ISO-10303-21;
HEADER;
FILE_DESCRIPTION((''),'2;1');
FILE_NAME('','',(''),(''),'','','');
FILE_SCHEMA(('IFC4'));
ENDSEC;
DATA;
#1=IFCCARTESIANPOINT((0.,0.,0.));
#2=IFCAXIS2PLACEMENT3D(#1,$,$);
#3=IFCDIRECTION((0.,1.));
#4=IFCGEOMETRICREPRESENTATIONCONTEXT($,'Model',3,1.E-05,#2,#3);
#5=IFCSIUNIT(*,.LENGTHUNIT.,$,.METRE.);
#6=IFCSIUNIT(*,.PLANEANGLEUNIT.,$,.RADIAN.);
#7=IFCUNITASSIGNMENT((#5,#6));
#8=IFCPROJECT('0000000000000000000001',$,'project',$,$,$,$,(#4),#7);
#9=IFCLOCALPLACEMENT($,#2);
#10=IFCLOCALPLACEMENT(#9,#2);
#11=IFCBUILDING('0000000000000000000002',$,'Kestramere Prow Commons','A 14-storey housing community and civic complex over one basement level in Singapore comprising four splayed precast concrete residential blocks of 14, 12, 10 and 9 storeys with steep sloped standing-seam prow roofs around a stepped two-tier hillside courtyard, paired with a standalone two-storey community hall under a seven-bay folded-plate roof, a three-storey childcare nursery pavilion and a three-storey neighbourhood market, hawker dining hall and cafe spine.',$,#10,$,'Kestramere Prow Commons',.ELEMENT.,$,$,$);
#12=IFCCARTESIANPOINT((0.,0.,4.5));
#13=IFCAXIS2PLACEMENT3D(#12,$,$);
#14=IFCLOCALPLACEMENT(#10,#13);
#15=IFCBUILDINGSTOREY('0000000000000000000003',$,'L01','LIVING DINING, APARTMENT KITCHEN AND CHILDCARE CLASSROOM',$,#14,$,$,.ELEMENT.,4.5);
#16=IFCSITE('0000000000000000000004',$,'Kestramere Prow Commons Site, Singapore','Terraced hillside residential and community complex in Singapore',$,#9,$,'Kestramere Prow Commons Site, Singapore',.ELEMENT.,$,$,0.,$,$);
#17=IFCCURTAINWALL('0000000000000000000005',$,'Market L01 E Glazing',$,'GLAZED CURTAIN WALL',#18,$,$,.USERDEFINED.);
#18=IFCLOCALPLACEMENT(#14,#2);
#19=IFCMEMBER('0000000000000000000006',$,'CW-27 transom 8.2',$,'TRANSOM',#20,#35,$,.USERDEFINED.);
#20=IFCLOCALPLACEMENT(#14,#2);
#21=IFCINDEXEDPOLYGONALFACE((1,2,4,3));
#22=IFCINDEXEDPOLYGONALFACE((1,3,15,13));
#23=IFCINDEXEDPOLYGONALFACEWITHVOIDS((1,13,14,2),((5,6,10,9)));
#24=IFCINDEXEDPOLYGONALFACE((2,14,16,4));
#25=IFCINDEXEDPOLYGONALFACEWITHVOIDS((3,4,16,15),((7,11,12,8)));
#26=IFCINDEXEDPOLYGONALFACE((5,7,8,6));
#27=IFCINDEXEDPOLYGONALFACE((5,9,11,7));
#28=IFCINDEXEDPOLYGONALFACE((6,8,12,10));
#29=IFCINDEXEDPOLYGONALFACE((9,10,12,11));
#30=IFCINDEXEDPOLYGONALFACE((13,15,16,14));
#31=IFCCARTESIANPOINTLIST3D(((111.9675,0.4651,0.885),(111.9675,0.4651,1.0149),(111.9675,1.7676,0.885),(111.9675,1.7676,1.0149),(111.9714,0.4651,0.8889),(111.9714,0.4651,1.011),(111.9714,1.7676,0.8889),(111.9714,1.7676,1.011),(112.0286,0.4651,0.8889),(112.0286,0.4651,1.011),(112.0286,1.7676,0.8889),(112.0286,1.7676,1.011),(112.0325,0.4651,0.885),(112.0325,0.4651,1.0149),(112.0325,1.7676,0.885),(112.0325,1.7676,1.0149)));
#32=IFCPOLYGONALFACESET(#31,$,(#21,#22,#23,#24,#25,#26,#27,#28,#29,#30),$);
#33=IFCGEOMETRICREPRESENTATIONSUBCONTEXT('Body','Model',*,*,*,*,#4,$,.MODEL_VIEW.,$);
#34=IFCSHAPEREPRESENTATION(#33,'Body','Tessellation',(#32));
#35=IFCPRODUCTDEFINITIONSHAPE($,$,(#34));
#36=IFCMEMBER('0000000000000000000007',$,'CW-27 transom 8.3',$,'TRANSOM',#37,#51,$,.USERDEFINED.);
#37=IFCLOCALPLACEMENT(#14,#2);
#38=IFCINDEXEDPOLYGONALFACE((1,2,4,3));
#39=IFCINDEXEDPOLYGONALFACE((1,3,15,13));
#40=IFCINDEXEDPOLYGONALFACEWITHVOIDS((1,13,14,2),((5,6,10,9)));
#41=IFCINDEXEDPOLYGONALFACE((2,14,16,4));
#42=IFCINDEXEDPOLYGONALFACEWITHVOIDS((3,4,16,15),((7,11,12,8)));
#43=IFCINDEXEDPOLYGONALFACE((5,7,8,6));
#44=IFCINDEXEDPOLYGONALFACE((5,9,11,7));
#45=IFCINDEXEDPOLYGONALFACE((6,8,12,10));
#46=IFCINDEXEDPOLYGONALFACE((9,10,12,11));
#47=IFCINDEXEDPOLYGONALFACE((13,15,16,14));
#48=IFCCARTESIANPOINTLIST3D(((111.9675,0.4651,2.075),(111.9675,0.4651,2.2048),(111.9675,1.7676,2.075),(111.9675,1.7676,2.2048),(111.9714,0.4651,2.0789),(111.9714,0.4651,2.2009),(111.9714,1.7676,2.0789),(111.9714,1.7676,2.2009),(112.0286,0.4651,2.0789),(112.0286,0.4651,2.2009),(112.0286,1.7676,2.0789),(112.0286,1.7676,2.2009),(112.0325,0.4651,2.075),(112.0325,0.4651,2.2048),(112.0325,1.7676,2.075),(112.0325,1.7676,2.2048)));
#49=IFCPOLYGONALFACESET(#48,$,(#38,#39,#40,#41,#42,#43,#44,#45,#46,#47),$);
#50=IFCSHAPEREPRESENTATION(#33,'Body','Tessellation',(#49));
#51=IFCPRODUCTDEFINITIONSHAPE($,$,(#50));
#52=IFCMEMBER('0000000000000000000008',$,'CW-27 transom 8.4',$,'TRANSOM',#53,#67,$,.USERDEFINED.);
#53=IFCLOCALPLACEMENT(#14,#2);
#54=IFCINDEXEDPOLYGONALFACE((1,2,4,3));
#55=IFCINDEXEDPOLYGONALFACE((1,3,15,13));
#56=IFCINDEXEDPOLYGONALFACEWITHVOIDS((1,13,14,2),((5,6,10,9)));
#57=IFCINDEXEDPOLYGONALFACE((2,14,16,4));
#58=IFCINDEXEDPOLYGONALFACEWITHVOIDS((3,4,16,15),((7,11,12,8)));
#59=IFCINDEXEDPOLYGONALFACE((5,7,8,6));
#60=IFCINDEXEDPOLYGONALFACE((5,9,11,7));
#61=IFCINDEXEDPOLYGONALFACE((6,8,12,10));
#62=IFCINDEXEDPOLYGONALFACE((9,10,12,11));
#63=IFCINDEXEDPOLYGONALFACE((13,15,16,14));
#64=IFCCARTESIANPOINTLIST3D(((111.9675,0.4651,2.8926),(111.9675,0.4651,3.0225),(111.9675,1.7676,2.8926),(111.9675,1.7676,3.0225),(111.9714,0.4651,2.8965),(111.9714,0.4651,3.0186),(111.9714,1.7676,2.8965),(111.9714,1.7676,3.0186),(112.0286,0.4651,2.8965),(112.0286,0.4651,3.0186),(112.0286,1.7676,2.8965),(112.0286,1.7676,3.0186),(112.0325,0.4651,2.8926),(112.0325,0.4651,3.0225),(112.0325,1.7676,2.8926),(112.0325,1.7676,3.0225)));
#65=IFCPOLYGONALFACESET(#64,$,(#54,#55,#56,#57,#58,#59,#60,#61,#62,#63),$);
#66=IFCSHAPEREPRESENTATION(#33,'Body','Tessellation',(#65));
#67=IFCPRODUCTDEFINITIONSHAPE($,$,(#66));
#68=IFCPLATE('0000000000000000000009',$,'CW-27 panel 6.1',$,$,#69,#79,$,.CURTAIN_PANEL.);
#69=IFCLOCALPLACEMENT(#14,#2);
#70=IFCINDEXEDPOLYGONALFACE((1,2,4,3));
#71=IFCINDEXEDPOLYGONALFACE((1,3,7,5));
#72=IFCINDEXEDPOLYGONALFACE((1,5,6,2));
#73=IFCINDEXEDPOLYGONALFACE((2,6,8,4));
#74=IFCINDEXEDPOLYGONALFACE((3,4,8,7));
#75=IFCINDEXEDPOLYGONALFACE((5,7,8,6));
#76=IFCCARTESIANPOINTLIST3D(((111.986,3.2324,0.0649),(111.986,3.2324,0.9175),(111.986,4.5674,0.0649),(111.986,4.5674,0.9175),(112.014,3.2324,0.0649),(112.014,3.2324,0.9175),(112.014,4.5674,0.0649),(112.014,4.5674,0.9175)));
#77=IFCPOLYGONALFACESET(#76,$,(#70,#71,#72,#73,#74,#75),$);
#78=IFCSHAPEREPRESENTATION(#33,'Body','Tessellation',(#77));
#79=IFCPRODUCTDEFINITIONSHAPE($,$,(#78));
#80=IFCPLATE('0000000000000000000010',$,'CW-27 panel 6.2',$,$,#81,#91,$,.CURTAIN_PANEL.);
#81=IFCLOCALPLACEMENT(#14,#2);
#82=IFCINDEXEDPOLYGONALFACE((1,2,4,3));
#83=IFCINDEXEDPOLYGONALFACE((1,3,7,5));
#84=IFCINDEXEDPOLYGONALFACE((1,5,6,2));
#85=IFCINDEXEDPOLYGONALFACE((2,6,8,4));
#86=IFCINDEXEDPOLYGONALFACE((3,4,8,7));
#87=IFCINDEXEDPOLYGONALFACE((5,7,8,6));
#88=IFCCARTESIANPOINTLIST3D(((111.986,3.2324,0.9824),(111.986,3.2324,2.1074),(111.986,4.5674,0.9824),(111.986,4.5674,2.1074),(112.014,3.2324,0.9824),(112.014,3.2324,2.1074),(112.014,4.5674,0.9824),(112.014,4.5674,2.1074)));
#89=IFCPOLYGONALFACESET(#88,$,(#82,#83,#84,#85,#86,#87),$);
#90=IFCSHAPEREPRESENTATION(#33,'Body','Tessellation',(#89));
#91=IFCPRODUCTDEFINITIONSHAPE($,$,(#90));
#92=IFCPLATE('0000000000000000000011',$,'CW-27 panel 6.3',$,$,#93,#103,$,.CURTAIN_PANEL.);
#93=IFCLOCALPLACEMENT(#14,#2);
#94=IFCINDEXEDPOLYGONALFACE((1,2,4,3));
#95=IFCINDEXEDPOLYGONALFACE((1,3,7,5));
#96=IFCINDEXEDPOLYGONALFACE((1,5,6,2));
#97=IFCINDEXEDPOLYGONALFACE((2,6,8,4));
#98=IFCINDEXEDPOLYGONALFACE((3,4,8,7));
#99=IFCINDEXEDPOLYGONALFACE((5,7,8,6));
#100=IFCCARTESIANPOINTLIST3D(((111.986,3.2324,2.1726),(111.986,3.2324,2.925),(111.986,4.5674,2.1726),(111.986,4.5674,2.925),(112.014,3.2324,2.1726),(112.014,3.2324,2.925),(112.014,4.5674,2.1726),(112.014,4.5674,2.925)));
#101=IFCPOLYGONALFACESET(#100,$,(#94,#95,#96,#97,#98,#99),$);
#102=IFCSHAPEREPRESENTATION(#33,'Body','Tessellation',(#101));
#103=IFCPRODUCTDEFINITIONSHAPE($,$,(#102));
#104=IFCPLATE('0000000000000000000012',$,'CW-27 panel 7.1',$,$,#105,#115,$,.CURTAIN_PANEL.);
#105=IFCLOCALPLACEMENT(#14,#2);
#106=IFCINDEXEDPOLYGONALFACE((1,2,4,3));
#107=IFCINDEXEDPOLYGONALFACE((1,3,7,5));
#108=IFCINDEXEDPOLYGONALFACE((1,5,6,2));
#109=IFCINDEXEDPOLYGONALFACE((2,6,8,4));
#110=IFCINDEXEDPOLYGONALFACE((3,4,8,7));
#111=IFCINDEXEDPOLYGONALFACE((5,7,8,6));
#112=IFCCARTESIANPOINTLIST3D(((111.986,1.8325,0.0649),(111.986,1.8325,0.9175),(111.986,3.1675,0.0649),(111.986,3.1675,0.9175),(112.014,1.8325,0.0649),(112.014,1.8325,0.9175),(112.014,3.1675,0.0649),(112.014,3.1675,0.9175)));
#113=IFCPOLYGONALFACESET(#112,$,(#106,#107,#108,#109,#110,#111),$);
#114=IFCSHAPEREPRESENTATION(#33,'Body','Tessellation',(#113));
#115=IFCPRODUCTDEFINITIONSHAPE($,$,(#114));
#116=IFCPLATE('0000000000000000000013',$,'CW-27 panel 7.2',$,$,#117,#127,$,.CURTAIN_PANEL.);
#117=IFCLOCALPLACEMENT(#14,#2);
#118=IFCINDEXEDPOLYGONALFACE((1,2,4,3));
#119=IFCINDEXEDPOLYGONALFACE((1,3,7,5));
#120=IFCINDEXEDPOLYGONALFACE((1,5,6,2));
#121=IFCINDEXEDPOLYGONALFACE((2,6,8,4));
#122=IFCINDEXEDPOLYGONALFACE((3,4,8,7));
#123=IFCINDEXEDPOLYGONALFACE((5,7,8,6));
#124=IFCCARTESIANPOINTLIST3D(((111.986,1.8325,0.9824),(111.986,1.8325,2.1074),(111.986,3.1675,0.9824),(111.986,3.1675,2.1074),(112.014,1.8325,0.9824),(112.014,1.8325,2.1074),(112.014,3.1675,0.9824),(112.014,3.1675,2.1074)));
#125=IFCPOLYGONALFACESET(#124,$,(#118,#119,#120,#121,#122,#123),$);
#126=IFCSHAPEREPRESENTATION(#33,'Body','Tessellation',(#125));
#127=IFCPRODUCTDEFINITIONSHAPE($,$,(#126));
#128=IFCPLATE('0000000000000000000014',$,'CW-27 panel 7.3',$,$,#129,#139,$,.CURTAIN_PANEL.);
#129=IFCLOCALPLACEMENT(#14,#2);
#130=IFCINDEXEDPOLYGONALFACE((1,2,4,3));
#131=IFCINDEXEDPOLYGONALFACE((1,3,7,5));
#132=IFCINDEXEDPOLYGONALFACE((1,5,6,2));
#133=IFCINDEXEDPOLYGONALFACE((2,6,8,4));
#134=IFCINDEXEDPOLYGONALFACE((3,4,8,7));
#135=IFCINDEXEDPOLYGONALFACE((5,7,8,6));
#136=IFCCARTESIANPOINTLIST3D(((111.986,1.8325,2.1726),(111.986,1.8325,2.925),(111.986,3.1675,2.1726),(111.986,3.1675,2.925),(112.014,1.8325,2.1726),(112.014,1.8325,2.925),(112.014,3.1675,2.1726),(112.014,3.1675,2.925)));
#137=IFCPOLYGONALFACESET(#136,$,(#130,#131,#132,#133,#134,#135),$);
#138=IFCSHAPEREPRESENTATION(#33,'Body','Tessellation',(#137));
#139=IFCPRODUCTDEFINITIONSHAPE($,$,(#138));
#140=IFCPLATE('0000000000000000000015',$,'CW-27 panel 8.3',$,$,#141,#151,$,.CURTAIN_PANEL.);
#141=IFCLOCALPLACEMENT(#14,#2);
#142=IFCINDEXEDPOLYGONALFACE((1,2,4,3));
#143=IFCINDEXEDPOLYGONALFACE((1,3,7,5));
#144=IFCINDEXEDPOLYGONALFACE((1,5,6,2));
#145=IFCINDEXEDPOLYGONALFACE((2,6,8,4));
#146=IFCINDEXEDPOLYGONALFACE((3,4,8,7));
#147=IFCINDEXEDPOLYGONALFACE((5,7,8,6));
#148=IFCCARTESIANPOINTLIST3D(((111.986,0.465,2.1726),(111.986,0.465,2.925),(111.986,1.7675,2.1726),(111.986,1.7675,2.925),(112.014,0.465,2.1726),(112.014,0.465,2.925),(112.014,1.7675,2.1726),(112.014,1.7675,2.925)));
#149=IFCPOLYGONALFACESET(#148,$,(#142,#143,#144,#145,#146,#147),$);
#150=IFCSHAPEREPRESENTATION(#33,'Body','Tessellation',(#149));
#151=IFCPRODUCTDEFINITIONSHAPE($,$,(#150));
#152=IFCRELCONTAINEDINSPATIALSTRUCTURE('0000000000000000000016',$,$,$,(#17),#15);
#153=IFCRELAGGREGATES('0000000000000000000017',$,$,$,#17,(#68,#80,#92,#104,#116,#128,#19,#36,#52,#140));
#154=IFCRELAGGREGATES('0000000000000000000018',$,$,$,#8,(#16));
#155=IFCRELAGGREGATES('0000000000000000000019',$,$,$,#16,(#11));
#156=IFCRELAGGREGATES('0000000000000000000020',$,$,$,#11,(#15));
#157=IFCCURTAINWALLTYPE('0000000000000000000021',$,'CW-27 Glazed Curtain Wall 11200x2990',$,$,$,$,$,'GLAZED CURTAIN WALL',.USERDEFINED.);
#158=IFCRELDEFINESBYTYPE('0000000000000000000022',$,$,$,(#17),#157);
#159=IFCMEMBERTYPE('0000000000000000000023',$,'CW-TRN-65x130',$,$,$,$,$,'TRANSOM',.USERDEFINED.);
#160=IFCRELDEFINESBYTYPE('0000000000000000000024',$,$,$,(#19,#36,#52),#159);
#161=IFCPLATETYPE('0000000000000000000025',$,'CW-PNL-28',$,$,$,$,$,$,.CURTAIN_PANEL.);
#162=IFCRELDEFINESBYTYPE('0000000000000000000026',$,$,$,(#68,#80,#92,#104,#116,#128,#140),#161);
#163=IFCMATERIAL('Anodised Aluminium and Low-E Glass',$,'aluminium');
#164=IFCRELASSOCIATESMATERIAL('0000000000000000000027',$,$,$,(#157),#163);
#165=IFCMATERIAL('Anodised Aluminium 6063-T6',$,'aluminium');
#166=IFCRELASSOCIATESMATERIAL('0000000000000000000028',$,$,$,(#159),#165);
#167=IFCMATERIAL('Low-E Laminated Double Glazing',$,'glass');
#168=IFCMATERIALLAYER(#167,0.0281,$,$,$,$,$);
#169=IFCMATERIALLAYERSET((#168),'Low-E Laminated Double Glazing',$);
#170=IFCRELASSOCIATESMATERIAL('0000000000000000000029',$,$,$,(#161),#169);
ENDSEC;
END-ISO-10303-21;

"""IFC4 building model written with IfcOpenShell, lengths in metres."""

from ifc_helpers import new_model, si_unit, direction, frame, origin, origin_2d, place, context, subcontext, project, spatial, rectangle, hollow_rectangle, extrude, material, layer, layer_set, material_profile, profile_set, type_object, element, aggregate, save


model = new_model("IFC4")

# Units and contexts
model_context = context("Model", 3, precision=1e-05, world=origin(), true_north=direction((0.0, 1.0)))
body_context = subcontext(model_context, "Body", "Model", "MODEL_VIEW")
ifc_project = project(units=[si_unit("LENGTHUNIT", "METRE"), si_unit("PLANEANGLEUNIT", "RADIAN")], contexts=[model_context])

# Site, building, storey
site_placement = place(None, origin())
site = spatial("IfcSite", under=ifc_project, at=site_placement, Name="Kestramere Prow Commons Site, Singapore", Description="Terraced hillside residential and community complex in Singapore", LongName="Kestramere Prow Commons Site, Singapore", CompositionType="ELEMENT", RefElevation=0.0)
building_placement = place(site_placement, origin())
building = spatial("IfcBuilding", under=site, at=building_placement, Name="Kestramere Prow Commons", Description="A 14-storey housing community and civic complex over one basement level in Singapore comprising four splayed precast concrete residential blocks of 14, 12, 10 and 9 storeys with steep sloped standing-seam prow roofs around a stepped two-tier hillside courtyard, paired with a standalone two-storey community hall under a seven-bay folded-plate roof, a three-storey childcare nursery pavilion and a three-storey neighbourhood market, hawker dining hall and cafe spine.", LongName="Kestramere Prow Commons", CompositionType="ELEMENT")
storey_placement = place(building_placement, frame((0.0, 0.0, 4.5)))
storey = spatial("IfcBuildingStorey", under=building, at=storey_placement, Name="L01", Description="LIVING DINING, APARTMENT KITCHEN AND CHILDCARE CLASSROOM", CompositionType="ELEMENT", Elevation=4.5)

# Curtain wall, members, plates
ifc_material_1 = material(Name="Anodised Aluminium and Low-E Glass", Category="aluminium")
curtain_wall_type = type_object("IfcCurtainWallType", Name="CW-27 Glazed Curtain Wall 11200x2990", ElementType="GLAZED CURTAIN WALL", PredefinedType="USERDEFINED", material=ifc_material_1)
curtain_wall_placement = place(storey_placement, origin())
curtain_wall = element("IfcCurtainWall", 1, at=curtain_wall_placement, inside=storey, type_object=curtain_wall_type, Name="Market L01 E Glazing", ObjectType="GLAZED CURTAIN WALL", PredefinedType="USERDEFINED")
ifc_material_2 = material(Name="Anodised Aluminium 6063-T6", Category="aluminium")
ifc_material_profile_1 = material_profile(ifc_material_2, hollow_rectangle(XDim=0.0649, YDim=0.1299, WallThickness=0.0039, at=origin_2d()), Name="ALU-TRN 65x130")
ifc_profile_set_1 = profile_set([ifc_material_profile_1], Name="Anodised Aluminium 6063-T6")
member_type_1 = type_object("IfcMemberType", Name="CW-TRN-65x130", ElementType="TRANSOM", PredefinedType="USERDEFINED", material=ifc_profile_set_1)
member_1_placement = place(storey_placement, frame((112.0, 1.7676, 0.95), z_axis=(0.0, -1.0, 0.0), x_axis=(1.0, 0.0, 0.0)))
member_1 = element("IfcMember", 2, at=member_1_placement, type_object=member_type_1, Name="CW-27 transom 8.2", ObjectType="TRANSOM", PredefinedType="USERDEFINED", context=body_context, shape_type="SweptSolid", body=[
    extrude(hollow_rectangle(XDim=0.0649, YDim=0.1299, WallThickness=0.0039, at=origin_2d()), origin(), (0.0, 0.0, 1.0), 1.3025),
])
member_2_placement = place(storey_placement, frame((112.0, 1.7676, 2.1399), z_axis=(0.0, -1.0, 0.0), x_axis=(1.0, 0.0, 0.0)))
member_2 = element("IfcMember", 3, at=member_2_placement, type_object=member_type_1, Name="CW-27 transom 8.3", ObjectType="TRANSOM", PredefinedType="USERDEFINED", context=body_context, shape_type="SweptSolid", body=[
    extrude(hollow_rectangle(XDim=0.0649, YDim=0.1299, WallThickness=0.0039, at=origin_2d()), origin(), (0.0, 0.0, 1.0), 1.3025),
])
member_3_placement = place(storey_placement, frame((112.0, 1.7676, 2.9575), z_axis=(0.0, -1.0, 0.0), x_axis=(1.0, 0.0, 0.0)))
member_3 = element("IfcMember", 4, at=member_3_placement, type_object=member_type_1, Name="CW-27 transom 8.4", ObjectType="TRANSOM", PredefinedType="USERDEFINED", context=body_context, shape_type="SweptSolid", body=[
    extrude(hollow_rectangle(XDim=0.0649, YDim=0.1299, WallThickness=0.0039, at=origin_2d()), origin(), (0.0, 0.0, 1.0), 1.3025),
])
ifc_material_3 = material(Name="Low-E Laminated Double Glazing", Category="glass")
ifc_layer = layer(ifc_material_3, 0.0281)
ifc_layer_set = layer_set([ifc_layer], Name="Low-E Laminated Double Glazing")
plate_type = type_object("IfcPlateType", Name="CW-PNL-28", PredefinedType="CURTAIN_PANEL", material=ifc_layer_set)
plate_1_placement = place(storey_placement, frame((112.0, 3.8999, 0.0649), z_axis=(0.0, 0.0, 1.0), x_axis=(0.0, -1.0, 0.0)))
plate_1 = element("IfcPlate", 5, at=plate_1_placement, type_object=plate_type, Name="CW-27 panel 6.1", PredefinedType="CURTAIN_PANEL", context=body_context, shape_type="SweptSolid", body=[
    extrude(rectangle(XDim=1.335, YDim=0.0281, at=origin_2d()), origin(), (0.0, 0.0, 1.0), 0.8525),
])
plate_2_placement = place(storey_placement, frame((112.0, 3.8999, 0.9824), z_axis=(0.0, 0.0, 1.0), x_axis=(0.0, -1.0, 0.0)))
plate_2 = element("IfcPlate", 6, at=plate_2_placement, type_object=plate_type, Name="CW-27 panel 6.2", PredefinedType="CURTAIN_PANEL", context=body_context, shape_type="SweptSolid", body=[
    extrude(rectangle(XDim=1.335, YDim=0.0281, at=origin_2d()), origin(), (0.0, 0.0, 1.0), 1.125),
])
plate_3_placement = place(storey_placement, frame((112.0, 3.8999, 2.1726), z_axis=(0.0, 0.0, 1.0), x_axis=(0.0, -1.0, 0.0)))
plate_3 = element("IfcPlate", 7, at=plate_3_placement, type_object=plate_type, Name="CW-27 panel 6.3", PredefinedType="CURTAIN_PANEL", context=body_context, shape_type="SweptSolid", body=[
    extrude(rectangle(XDim=1.335, YDim=0.0281, at=origin_2d()), origin(), (0.0, 0.0, 1.0), 0.7524),
])
plate_4_placement = place(storey_placement, frame((112.0, 2.5, 0.0649), z_axis=(0.0, 0.0, 1.0), x_axis=(0.0, -1.0, 0.0)))
plate_4 = element("IfcPlate", 8, at=plate_4_placement, type_object=plate_type, Name="CW-27 panel 7.1", PredefinedType="CURTAIN_PANEL", context=body_context, shape_type="SweptSolid", body=[
    extrude(rectangle(XDim=1.335, YDim=0.0281, at=origin_2d()), origin(), (0.0, 0.0, 1.0), 0.8525),
])
plate_5_placement = place(storey_placement, frame((112.0, 2.5, 0.9824), z_axis=(0.0, 0.0, 1.0), x_axis=(0.0, -1.0, 0.0)))
plate_5 = element("IfcPlate", 9, at=plate_5_placement, type_object=plate_type, Name="CW-27 panel 7.2", PredefinedType="CURTAIN_PANEL", context=body_context, shape_type="SweptSolid", body=[
    extrude(rectangle(XDim=1.335, YDim=0.0281, at=origin_2d()), origin(), (0.0, 0.0, 1.0), 1.125),
])
plate_6_placement = place(storey_placement, frame((112.0, 2.5, 2.1726), z_axis=(0.0, 0.0, 1.0), x_axis=(0.0, -1.0, 0.0)))
plate_6 = element("IfcPlate", 10, at=plate_6_placement, type_object=plate_type, Name="CW-27 panel 7.3", PredefinedType="CURTAIN_PANEL", context=body_context, shape_type="SweptSolid", body=[
    extrude(rectangle(XDim=1.335, YDim=0.0281, at=origin_2d()), origin(), (0.0, 0.0, 1.0), 0.7524),
])
plate_7_placement = place(storey_placement, frame((112.0, 1.1162, 2.1726), z_axis=(0.0, 0.0, 1.0), x_axis=(0.0, -1.0, 0.0)))
plate_7 = element("IfcPlate", 11, at=plate_7_placement, type_object=plate_type, Name="CW-27 panel 8.3", PredefinedType="CURTAIN_PANEL", context=body_context, shape_type="SweptSolid", body=[
    extrude(rectangle(XDim=1.3025, YDim=0.0281, at=origin_2d()), origin(), (0.0, 0.0, 1.0), 0.7524),
])
aggregate(curtain_wall, [plate_1, plate_2, plate_3, plate_4, plate_5, plate_6, member_1, member_2, member_3, plate_7])

save(model, "model.ifc")
